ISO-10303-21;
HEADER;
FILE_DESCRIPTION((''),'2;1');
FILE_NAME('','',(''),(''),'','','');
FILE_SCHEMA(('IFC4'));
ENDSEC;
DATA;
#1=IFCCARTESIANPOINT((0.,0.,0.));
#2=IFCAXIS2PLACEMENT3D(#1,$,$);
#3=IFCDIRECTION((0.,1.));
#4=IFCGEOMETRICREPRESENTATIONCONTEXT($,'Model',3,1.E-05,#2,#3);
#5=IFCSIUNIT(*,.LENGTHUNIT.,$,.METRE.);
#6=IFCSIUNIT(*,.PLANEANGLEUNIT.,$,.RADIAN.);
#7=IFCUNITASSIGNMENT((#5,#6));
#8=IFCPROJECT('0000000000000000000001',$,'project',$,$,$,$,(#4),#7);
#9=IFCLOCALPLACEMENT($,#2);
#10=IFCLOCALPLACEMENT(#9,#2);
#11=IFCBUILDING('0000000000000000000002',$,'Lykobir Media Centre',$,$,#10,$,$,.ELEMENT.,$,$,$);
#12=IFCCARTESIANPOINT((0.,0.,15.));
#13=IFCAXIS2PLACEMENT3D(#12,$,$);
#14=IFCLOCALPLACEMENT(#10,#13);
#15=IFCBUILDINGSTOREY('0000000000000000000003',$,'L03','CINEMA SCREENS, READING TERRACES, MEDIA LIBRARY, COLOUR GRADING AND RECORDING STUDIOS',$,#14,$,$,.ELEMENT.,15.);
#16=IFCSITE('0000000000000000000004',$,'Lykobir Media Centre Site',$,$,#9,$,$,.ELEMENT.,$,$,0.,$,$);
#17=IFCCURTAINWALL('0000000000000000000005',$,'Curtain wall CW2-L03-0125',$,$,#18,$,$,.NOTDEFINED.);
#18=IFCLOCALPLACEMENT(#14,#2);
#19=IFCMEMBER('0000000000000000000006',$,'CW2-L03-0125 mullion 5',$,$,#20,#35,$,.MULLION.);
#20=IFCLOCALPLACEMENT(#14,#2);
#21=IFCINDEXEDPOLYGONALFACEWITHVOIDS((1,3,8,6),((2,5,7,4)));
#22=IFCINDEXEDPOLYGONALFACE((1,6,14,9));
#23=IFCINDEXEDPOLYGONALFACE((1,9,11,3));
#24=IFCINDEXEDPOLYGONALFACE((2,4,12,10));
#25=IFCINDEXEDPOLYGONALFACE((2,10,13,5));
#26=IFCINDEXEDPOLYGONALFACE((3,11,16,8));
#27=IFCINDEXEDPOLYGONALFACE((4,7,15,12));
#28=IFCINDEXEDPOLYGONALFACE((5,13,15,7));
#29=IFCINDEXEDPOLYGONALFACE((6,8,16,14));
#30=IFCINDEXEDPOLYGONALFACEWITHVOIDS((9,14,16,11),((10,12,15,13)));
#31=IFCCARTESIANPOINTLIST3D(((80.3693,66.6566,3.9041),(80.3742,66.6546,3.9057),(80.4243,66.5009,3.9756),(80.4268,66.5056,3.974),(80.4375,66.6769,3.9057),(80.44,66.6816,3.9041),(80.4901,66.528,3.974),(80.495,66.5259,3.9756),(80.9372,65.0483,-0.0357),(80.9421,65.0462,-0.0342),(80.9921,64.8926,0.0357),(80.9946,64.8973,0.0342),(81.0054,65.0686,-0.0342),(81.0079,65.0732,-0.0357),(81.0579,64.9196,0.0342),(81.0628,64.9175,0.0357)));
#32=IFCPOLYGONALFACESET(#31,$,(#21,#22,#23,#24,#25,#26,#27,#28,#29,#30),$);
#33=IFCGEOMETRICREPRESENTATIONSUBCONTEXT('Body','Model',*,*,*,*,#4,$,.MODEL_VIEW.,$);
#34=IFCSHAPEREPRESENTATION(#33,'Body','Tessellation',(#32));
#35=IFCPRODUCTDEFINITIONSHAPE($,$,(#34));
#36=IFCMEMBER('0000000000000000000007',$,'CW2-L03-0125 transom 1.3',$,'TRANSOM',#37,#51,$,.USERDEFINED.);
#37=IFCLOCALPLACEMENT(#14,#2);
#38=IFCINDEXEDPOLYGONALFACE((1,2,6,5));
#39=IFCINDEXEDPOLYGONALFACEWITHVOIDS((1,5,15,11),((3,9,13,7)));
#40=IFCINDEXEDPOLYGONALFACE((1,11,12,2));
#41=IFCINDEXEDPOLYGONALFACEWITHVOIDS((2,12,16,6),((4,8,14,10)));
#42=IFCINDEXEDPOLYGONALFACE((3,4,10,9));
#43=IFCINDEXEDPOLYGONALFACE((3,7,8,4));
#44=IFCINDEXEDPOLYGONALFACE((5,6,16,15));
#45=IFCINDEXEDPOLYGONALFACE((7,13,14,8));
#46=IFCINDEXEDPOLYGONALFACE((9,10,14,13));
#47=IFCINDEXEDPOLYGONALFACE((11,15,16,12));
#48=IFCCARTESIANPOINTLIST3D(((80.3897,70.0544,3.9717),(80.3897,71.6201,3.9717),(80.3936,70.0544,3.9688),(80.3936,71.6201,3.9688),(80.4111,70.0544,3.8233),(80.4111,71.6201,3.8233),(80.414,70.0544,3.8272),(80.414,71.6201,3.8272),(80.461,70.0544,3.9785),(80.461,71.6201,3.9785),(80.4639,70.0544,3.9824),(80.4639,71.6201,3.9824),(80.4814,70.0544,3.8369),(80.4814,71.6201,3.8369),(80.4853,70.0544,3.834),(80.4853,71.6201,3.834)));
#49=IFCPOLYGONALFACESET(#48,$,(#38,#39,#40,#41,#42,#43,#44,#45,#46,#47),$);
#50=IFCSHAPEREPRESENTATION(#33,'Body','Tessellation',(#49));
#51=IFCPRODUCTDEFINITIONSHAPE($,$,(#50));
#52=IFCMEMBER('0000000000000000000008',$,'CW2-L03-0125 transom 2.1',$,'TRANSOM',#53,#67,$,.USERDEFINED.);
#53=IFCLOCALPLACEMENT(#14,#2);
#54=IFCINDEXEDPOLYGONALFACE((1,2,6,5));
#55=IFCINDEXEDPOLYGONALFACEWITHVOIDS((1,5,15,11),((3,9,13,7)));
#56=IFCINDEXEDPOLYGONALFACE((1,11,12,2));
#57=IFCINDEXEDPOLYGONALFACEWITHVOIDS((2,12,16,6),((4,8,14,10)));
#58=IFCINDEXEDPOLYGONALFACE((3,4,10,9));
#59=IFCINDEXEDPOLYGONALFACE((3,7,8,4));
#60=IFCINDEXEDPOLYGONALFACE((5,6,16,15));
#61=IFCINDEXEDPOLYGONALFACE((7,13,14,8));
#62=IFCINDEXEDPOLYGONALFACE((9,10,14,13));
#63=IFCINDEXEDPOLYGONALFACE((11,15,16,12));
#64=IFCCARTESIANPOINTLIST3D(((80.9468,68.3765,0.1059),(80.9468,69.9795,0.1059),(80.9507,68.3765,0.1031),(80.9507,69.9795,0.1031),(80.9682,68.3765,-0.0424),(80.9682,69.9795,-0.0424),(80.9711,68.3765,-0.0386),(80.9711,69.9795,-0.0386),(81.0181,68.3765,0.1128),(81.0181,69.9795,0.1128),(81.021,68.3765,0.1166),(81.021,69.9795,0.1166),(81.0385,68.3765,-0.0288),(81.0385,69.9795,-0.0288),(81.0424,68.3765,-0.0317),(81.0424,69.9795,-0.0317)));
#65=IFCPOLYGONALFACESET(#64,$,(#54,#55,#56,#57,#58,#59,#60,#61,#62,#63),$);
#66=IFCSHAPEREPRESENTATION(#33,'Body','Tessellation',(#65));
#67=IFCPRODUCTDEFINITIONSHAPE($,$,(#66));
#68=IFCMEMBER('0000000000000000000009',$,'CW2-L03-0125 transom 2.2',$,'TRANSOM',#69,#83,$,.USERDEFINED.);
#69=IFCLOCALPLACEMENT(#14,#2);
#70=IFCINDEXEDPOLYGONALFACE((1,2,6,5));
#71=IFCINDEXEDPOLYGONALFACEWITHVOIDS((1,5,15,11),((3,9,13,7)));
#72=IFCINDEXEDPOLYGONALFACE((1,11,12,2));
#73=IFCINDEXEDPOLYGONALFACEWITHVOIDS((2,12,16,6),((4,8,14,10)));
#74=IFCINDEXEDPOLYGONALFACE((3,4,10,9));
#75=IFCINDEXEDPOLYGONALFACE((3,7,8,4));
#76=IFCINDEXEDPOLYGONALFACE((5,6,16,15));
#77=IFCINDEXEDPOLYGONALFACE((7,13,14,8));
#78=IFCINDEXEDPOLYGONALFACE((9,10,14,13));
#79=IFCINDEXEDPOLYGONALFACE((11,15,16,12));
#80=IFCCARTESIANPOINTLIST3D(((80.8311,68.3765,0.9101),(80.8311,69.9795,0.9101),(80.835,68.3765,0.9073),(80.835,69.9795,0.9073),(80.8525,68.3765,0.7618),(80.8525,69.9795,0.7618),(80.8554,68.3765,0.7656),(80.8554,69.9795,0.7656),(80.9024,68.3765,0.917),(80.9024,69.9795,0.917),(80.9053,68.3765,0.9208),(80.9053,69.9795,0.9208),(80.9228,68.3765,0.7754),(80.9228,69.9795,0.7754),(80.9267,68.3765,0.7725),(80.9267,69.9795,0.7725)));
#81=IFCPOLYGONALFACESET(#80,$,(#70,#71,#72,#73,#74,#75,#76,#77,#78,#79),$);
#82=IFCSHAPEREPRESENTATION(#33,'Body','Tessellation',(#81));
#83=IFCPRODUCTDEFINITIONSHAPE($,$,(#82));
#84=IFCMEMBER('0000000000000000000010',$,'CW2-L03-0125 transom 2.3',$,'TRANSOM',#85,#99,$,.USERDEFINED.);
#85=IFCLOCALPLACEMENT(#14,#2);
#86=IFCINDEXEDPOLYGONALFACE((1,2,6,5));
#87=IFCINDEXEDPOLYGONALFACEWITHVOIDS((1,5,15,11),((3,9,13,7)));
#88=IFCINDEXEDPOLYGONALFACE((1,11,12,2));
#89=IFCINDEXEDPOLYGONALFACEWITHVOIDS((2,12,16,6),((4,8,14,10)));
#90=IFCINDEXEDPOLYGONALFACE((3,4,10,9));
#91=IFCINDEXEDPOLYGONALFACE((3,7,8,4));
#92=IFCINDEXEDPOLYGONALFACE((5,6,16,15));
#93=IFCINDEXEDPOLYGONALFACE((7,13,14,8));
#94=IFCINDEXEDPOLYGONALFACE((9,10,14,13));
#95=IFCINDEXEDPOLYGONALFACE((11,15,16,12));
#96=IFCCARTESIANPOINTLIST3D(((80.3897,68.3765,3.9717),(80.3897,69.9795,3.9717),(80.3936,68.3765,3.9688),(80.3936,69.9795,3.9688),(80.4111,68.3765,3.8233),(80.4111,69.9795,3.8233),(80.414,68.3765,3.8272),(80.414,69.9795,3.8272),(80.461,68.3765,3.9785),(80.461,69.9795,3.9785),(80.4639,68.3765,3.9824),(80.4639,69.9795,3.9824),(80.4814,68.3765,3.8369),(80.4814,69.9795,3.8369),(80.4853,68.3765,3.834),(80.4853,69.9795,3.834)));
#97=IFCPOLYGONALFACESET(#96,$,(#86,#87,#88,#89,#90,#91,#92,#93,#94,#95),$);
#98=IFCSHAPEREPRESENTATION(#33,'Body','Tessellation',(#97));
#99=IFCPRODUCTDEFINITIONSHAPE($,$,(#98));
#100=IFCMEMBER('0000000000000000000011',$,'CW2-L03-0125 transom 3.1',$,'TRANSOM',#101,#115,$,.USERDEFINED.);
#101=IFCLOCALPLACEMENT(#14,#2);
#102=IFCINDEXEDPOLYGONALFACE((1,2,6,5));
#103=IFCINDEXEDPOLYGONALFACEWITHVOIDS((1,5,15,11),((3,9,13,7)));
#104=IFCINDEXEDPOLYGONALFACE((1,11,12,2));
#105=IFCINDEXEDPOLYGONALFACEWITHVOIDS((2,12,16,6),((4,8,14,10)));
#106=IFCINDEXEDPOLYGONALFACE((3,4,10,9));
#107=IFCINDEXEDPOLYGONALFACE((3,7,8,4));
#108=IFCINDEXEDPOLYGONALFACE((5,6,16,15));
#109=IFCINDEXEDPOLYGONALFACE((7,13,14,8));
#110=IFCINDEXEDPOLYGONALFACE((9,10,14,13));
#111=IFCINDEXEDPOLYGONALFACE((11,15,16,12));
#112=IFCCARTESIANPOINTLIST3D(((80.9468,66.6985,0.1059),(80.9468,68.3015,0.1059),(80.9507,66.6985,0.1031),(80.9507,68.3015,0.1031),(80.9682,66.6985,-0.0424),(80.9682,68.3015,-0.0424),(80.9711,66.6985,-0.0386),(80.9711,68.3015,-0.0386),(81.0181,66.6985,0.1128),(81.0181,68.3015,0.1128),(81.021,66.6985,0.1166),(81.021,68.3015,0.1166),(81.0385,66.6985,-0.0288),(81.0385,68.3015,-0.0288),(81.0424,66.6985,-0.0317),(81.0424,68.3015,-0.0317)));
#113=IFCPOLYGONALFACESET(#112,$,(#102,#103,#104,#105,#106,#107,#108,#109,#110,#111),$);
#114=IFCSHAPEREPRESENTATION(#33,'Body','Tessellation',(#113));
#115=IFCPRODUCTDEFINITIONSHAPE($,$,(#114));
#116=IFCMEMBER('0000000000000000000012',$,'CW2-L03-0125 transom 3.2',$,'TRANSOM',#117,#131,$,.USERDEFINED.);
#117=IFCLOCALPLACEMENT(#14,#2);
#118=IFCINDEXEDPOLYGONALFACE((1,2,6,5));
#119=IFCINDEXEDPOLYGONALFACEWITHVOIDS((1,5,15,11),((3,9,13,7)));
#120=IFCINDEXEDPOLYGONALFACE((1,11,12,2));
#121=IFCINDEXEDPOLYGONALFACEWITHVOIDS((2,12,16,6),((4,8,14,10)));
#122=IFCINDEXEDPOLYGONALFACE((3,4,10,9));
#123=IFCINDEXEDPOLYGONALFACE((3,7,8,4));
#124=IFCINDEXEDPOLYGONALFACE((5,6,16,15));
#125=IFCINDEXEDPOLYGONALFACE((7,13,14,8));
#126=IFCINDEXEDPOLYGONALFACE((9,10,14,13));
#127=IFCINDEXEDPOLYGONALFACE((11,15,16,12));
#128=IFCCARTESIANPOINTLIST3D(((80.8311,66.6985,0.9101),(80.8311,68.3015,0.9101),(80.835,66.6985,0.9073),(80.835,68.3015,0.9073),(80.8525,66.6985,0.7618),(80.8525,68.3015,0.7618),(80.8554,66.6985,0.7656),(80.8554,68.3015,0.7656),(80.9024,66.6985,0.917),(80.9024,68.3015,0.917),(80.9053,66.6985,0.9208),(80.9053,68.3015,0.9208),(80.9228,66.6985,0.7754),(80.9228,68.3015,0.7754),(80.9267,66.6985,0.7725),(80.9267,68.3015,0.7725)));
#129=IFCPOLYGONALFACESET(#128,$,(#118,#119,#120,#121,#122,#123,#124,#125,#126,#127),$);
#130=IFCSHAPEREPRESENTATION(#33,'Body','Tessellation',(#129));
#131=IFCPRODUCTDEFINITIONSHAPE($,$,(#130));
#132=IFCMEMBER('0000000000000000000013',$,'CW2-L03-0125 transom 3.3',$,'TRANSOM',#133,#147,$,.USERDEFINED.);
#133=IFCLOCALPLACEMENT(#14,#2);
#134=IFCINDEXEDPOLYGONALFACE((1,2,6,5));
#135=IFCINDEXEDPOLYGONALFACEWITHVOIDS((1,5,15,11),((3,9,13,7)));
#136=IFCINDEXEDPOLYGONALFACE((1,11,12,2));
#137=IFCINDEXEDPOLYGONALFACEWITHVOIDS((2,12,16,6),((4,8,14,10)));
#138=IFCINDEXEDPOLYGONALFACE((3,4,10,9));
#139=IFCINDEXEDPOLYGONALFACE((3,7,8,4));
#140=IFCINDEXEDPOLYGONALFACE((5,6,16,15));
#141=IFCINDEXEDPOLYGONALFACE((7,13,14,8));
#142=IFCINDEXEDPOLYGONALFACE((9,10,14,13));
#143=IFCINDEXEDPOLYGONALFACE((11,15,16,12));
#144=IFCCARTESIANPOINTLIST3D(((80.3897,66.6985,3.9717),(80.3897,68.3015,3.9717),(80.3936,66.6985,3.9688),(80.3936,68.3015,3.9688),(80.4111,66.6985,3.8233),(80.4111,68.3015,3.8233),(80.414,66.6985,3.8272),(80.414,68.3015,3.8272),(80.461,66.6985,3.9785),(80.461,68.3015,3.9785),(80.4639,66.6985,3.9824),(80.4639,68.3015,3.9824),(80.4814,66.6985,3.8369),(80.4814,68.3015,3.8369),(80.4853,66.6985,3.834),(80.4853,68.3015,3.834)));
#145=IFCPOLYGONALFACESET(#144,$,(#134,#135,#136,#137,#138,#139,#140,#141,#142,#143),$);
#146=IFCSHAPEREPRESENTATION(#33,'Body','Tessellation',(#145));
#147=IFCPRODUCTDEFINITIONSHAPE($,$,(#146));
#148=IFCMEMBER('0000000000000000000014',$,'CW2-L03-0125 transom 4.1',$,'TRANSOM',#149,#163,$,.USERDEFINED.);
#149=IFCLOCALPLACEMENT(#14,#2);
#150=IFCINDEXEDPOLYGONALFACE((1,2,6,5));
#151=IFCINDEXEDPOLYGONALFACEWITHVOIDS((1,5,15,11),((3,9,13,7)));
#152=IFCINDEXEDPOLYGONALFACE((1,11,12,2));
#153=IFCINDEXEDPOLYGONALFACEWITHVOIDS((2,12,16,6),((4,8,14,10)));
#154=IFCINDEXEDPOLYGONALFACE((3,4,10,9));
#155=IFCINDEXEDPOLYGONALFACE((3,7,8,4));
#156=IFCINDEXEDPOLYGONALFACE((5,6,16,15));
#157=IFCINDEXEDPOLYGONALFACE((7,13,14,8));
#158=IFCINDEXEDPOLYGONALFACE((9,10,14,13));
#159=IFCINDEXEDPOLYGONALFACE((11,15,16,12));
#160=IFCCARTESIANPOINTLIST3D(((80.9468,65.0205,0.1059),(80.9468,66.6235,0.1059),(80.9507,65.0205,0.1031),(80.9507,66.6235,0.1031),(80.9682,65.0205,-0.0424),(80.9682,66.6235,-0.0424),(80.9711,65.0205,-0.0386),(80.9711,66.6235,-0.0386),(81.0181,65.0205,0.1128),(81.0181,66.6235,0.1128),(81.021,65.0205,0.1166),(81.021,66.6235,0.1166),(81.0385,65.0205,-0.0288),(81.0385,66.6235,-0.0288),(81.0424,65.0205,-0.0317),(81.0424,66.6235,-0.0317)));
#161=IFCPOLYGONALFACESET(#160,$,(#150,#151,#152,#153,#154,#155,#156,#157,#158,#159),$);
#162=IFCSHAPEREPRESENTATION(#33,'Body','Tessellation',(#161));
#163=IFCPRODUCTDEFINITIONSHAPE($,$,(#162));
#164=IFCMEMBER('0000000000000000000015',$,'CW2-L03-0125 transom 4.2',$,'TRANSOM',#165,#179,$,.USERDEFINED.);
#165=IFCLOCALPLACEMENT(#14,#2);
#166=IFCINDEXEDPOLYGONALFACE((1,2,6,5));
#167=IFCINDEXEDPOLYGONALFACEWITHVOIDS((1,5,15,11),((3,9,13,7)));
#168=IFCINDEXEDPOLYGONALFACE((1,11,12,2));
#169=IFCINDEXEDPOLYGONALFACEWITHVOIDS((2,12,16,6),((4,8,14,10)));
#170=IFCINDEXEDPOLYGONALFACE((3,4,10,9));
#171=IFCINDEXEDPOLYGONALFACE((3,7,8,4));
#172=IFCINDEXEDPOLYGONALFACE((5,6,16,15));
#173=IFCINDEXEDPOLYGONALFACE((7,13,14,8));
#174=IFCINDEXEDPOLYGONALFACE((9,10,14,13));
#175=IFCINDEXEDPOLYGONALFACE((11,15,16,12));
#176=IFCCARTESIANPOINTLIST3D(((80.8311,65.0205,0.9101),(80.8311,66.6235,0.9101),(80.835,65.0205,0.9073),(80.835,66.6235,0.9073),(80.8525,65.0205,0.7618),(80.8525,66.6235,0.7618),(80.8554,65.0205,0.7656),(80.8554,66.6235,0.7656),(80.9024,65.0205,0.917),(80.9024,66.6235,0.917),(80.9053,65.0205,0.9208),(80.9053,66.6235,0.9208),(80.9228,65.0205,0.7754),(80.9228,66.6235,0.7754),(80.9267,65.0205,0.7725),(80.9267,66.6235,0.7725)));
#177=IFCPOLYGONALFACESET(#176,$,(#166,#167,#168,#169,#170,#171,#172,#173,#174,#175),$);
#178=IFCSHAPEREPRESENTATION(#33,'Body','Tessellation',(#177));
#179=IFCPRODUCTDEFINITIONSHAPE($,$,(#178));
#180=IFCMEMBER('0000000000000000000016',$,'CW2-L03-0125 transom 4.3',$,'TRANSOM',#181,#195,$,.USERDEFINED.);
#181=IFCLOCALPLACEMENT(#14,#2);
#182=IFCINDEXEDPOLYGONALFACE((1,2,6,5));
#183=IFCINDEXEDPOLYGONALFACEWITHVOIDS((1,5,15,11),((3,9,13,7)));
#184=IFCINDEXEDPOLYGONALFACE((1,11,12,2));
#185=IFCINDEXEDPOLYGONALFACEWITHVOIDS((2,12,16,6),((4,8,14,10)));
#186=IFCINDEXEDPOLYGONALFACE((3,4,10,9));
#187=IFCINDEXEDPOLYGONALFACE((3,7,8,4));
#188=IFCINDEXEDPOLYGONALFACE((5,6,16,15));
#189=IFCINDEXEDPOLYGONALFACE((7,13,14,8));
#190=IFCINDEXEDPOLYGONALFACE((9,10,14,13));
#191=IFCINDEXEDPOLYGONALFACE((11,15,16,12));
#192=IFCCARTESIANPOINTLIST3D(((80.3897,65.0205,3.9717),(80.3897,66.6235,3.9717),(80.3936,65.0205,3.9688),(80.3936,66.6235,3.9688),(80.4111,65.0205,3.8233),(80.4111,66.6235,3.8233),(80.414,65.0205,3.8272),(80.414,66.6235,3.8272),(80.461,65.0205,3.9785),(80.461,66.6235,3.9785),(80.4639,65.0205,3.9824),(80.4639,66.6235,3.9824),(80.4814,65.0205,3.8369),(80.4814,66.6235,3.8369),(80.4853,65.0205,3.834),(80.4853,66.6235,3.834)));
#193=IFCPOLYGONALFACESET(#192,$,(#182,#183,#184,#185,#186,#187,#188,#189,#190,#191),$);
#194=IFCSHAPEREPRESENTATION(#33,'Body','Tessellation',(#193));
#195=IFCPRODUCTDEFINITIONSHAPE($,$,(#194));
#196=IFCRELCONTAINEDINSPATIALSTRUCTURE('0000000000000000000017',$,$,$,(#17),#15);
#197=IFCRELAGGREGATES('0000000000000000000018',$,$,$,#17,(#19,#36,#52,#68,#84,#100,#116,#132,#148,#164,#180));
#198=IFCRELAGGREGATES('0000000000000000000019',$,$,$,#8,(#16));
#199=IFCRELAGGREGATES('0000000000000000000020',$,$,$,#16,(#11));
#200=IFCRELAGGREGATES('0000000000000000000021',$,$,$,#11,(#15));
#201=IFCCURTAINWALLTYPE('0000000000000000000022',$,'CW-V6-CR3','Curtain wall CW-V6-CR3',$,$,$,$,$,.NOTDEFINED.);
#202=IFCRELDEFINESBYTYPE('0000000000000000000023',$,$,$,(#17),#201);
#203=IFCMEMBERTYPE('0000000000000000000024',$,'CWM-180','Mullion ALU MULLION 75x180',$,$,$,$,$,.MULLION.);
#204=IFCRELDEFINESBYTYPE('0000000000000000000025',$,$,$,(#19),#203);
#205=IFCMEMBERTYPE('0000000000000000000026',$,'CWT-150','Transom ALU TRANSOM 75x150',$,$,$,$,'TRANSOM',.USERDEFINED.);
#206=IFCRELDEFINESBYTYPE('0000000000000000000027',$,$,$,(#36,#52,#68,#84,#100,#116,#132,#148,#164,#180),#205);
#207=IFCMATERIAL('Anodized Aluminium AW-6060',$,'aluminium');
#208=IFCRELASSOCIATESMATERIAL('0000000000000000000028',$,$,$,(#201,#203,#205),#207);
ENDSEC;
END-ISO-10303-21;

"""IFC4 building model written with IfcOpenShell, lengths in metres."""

from ifc_helpers import new_model, si_unit, direction, frame, origin, origin_2d, place, context, subcontext, project, spatial, hollow_rectangle, extrude, material, material_profile, profile_set, type_object, element, aggregate, save


model = new_model("IFC4")

# Units and contexts
model_context = context("Model", 3, precision=1e-05, world=origin(), true_north=direction((0.0, 1.0)))
body_context = subcontext(model_context, "Body", "Model", "MODEL_VIEW")
ifc_project = project(units=[si_unit("LENGTHUNIT", "METRE"), si_unit("PLANEANGLEUNIT", "RADIAN")], contexts=[model_context])

# Site, building, storey
site_placement = place(None, origin())
site = spatial("IfcSite", under=ifc_project, at=site_placement, Name="Lykobir Media Centre Site", CompositionType="ELEMENT", RefElevation=0.0)
building_placement = place(site_placement, origin())
building = spatial("IfcBuilding", under=site, at=building_placement, Name="Lykobir Media Centre", CompositionType="ELEMENT")
storey_placement = place(building_placement, frame((0.0, 0.0, 15.0)))
storey = spatial("IfcBuildingStorey", under=building, at=storey_placement, Name="L03", Description="CINEMA SCREENS, READING TERRACES, MEDIA LIBRARY, COLOUR GRADING AND RECORDING STUDIOS", CompositionType="ELEMENT", Elevation=15.0)

# Curtain wall, members
ifc_material_1 = material(Name="Anodized Aluminium AW-6060", Category="aluminium")
curtain_wall_type = type_object("IfcCurtainWallType", Name="CW-V6-CR3", Description="Curtain wall CW-V6-CR3", PredefinedType="NOTDEFINED", material=ifc_material_1)
curtain_wall_placement = place(storey_placement, origin())
curtain_wall = element("IfcCurtainWall", 1, at=curtain_wall_placement, inside=storey, type_object=curtain_wall_type, Name="Curtain wall CW2-L03-0125", PredefinedType="NOTDEFINED")
ifc_material_profile_1 = material_profile(ifc_material_1, hollow_rectangle(XDim=0.075, YDim=0.1799, WallThickness=0.0039, at=origin_2d()), Name="ALU MULLION 75x180")
ifc_profile_set_1 = profile_set([ifc_material_profile_1], Name="Anodized Aluminium AW-6060")
member_type_1 = type_object("IfcMemberType", Name="CWM-180", Description="Mullion ALU MULLION 75x180", PredefinedType="MULLION", material=ifc_profile_set_1)
member_1_placement = place(storey_placement, frame((81.0, 64.9829, 0.0), z_axis=(-0.132269, 0.374628, 0.917692), x_axis=(-0.942953, -0.332925, 0.0)))
member_1 = element("IfcMember", 2, at=member_1_placement, type_object=member_type_1, Name="CW2-L03-0125 mullion 5", PredefinedType="MULLION", context=body_context, shape_type="SweptSolid", body=[
    extrude(hollow_rectangle(XDim=0.075, YDim=0.1799, WallThickness=0.0039, at=origin_2d()), origin(), (0.0, 0.0, 1.0), 4.2932),
])
ifc_material_profile_2 = material_profile(ifc_material_1, hollow_rectangle(XDim=0.075, YDim=0.1499, WallThickness=0.0034, at=origin_2d()), Name="ALU TRANSOM 75x150")
ifc_profile_set_2 = profile_set([ifc_material_profile_2], Name="Anodized Aluminium AW-6060")
member_type_2 = type_object("IfcMemberType", Name="CWT-150", Description="Transom ALU TRANSOM 75x150", ElementType="TRANSOM", PredefinedType="USERDEFINED", material=ifc_profile_set_2)
member_2_placement = place(storey_placement, frame((80.4375, 71.6201, 3.9028), z_axis=(0.0, -1.0, 0.0), x_axis=(0.989776, 0.0, 0.142629)))
member_2 = element("IfcMember", 3, at=member_2_placement, type_object=member_type_2, Name="CW2-L03-0125 transom 1.3", ObjectType="TRANSOM", PredefinedType="USERDEFINED", context=body_context, shape_type="SweptSolid", body=[
    extrude(hollow_rectangle(XDim=0.075, YDim=0.1499, WallThickness=0.0034, at=origin_2d()), origin(), (0.0, 0.0, 1.0), 1.5657),
])
member_3_placement = place(storey_placement, frame((80.9946, 69.9795, 0.0371), z_axis=(0.0, -1.0, 0.0), x_axis=(0.989776, 0.0, 0.142629)))
member_3 = element("IfcMember", 4, at=member_3_placement, type_object=member_type_2, Name="CW2-L03-0125 transom 2.1", ObjectType="TRANSOM", PredefinedType="USERDEFINED", context=body_context, shape_type="SweptSolid", body=[
    extrude(hollow_rectangle(XDim=0.075, YDim=0.1499, WallThickness=0.0034, at=origin_2d()), origin(), (0.0, 0.0, 1.0), 1.603),
])
member_4_placement = place(storey_placement, frame((80.8789, 69.9795, 0.8413), z_axis=(0.0, -1.0, 0.0), x_axis=(0.989776, 0.0, 0.142629)))
member_4 = element("IfcMember", 5, at=member_4_placement, type_object=member_type_2, Name="CW2-L03-0125 transom 2.2", ObjectType="TRANSOM", PredefinedType="USERDEFINED", context=body_context, shape_type="SweptSolid", body=[
    extrude(hollow_rectangle(XDim=0.075, YDim=0.1499, WallThickness=0.0034, at=origin_2d()), origin(), (0.0, 0.0, 1.0), 1.603),
])
member_5_placement = place(storey_placement, frame((80.4375, 69.9795, 3.9028), z_axis=(0.0, -1.0, 0.0), x_axis=(0.989776, 0.0, 0.142629)))
member_5 = element("IfcMember", 6, at=member_5_placement, type_object=member_type_2, Name="CW2-L03-0125 transom 2.3", ObjectType="TRANSOM", PredefinedType="USERDEFINED", context=body_context, shape_type="SweptSolid", body=[
    extrude(hollow_rectangle(XDim=0.075, YDim=0.1499, WallThickness=0.0034, at=origin_2d()), origin(), (0.0, 0.0, 1.0), 1.603),
])
member_6_placement = place(storey_placement, frame((80.9946, 68.3015, 0.0371), z_axis=(0.0, -1.0, 0.0), x_axis=(0.989776, 0.0, 0.142629)))
member_6 = element("IfcMember", 7, at=member_6_placement, type_object=member_type_2, Name="CW2-L03-0125 transom 3.1", ObjectType="TRANSOM", PredefinedType="USERDEFINED", context=body_context, shape_type="SweptSolid", body=[
    extrude(hollow_rectangle(XDim=0.075, YDim=0.1499, WallThickness=0.0034, at=origin_2d()), origin(), (0.0, 0.0, 1.0), 1.603),
])
member_7_placement = place(storey_placement, frame((80.8789, 68.3015, 0.8413), z_axis=(0.0, -1.0, 0.0), x_axis=(0.989776, 0.0, 0.142629)))
member_7 = element("IfcMember", 8, at=member_7_placement, type_object=member_type_2, Name="CW2-L03-0125 transom 3.2", ObjectType="TRANSOM", PredefinedType="USERDEFINED", context=body_context, shape_type="SweptSolid", body=[
    extrude(hollow_rectangle(XDim=0.075, YDim=0.1499, WallThickness=0.0034, at=origin_2d()), origin(), (0.0, 0.0, 1.0), 1.603),
])
member_8_placement = place(storey_placement, frame((80.4375, 68.3015, 3.9028), z_axis=(0.0, -1.0, 0.0), x_axis=(0.989776, 0.0, 0.142629)))
member_8 = element("IfcMember", 9, at=member_8_placement, type_object=member_type_2, Name="CW2-L03-0125 transom 3.3", ObjectType="TRANSOM", PredefinedType="USERDEFINED", context=body_context, shape_type="SweptSolid", body=[
    extrude(hollow_rectangle(XDim=0.075, YDim=0.1499, WallThickness=0.0034, at=origin_2d()), origin(), (0.0, 0.0, 1.0), 1.603),
])
member_9_placement = place(storey_placement, frame((80.9946, 66.6235, 0.0371), z_axis=(0.0, -1.0, 0.0), x_axis=(0.989776, 0.0, 0.142629)))
member_9 = element("IfcMember", 10, at=member_9_placement, type_object=member_type_2, Name="CW2-L03-0125 transom 4.1", ObjectType="TRANSOM", PredefinedType="USERDEFINED", context=body_context, shape_type="SweptSolid", body=[
    extrude(hollow_rectangle(XDim=0.075, YDim=0.1499, WallThickness=0.0034, at=origin_2d()), origin(), (0.0, 0.0, 1.0), 1.603),
])
member_10_placement = place(storey_placement, frame((80.8789, 66.6235, 0.8413), z_axis=(0.0, -1.0, 0.0), x_axis=(0.989776, 0.0, 0.142629)))
member_10 = element("IfcMember", 11, at=member_10_placement, type_object=member_type_2, Name="CW2-L03-0125 transom 4.2", ObjectType="TRANSOM", PredefinedType="USERDEFINED", context=body_context, shape_type="SweptSolid", body=[
    extrude(hollow_rectangle(XDim=0.075, YDim=0.1499, WallThickness=0.0034, at=origin_2d()), origin(), (0.0, 0.0, 1.0), 1.603),
])
member_11_placement = place(storey_placement, frame((80.4375, 66.6235, 3.9028), z_axis=(0.0, -1.0, 0.0), x_axis=(0.989776, 0.0, 0.142629)))
member_11 = element("IfcMember", 12, at=member_11_placement, type_object=member_type_2, Name="CW2-L03-0125 transom 4.3", ObjectType="TRANSOM", PredefinedType="USERDEFINED", context=body_context, shape_type="SweptSolid", body=[
    extrude(hollow_rectangle(XDim=0.075, YDim=0.1499, WallThickness=0.0034, at=origin_2d()), origin(), (0.0, 0.0, 1.0), 1.603),
])
aggregate(curtain_wall, [member_1, member_2, member_3, member_4, member_5, member_6, member_7, member_8, member_9, member_10, member_11])

save(model, "model.ifc")
